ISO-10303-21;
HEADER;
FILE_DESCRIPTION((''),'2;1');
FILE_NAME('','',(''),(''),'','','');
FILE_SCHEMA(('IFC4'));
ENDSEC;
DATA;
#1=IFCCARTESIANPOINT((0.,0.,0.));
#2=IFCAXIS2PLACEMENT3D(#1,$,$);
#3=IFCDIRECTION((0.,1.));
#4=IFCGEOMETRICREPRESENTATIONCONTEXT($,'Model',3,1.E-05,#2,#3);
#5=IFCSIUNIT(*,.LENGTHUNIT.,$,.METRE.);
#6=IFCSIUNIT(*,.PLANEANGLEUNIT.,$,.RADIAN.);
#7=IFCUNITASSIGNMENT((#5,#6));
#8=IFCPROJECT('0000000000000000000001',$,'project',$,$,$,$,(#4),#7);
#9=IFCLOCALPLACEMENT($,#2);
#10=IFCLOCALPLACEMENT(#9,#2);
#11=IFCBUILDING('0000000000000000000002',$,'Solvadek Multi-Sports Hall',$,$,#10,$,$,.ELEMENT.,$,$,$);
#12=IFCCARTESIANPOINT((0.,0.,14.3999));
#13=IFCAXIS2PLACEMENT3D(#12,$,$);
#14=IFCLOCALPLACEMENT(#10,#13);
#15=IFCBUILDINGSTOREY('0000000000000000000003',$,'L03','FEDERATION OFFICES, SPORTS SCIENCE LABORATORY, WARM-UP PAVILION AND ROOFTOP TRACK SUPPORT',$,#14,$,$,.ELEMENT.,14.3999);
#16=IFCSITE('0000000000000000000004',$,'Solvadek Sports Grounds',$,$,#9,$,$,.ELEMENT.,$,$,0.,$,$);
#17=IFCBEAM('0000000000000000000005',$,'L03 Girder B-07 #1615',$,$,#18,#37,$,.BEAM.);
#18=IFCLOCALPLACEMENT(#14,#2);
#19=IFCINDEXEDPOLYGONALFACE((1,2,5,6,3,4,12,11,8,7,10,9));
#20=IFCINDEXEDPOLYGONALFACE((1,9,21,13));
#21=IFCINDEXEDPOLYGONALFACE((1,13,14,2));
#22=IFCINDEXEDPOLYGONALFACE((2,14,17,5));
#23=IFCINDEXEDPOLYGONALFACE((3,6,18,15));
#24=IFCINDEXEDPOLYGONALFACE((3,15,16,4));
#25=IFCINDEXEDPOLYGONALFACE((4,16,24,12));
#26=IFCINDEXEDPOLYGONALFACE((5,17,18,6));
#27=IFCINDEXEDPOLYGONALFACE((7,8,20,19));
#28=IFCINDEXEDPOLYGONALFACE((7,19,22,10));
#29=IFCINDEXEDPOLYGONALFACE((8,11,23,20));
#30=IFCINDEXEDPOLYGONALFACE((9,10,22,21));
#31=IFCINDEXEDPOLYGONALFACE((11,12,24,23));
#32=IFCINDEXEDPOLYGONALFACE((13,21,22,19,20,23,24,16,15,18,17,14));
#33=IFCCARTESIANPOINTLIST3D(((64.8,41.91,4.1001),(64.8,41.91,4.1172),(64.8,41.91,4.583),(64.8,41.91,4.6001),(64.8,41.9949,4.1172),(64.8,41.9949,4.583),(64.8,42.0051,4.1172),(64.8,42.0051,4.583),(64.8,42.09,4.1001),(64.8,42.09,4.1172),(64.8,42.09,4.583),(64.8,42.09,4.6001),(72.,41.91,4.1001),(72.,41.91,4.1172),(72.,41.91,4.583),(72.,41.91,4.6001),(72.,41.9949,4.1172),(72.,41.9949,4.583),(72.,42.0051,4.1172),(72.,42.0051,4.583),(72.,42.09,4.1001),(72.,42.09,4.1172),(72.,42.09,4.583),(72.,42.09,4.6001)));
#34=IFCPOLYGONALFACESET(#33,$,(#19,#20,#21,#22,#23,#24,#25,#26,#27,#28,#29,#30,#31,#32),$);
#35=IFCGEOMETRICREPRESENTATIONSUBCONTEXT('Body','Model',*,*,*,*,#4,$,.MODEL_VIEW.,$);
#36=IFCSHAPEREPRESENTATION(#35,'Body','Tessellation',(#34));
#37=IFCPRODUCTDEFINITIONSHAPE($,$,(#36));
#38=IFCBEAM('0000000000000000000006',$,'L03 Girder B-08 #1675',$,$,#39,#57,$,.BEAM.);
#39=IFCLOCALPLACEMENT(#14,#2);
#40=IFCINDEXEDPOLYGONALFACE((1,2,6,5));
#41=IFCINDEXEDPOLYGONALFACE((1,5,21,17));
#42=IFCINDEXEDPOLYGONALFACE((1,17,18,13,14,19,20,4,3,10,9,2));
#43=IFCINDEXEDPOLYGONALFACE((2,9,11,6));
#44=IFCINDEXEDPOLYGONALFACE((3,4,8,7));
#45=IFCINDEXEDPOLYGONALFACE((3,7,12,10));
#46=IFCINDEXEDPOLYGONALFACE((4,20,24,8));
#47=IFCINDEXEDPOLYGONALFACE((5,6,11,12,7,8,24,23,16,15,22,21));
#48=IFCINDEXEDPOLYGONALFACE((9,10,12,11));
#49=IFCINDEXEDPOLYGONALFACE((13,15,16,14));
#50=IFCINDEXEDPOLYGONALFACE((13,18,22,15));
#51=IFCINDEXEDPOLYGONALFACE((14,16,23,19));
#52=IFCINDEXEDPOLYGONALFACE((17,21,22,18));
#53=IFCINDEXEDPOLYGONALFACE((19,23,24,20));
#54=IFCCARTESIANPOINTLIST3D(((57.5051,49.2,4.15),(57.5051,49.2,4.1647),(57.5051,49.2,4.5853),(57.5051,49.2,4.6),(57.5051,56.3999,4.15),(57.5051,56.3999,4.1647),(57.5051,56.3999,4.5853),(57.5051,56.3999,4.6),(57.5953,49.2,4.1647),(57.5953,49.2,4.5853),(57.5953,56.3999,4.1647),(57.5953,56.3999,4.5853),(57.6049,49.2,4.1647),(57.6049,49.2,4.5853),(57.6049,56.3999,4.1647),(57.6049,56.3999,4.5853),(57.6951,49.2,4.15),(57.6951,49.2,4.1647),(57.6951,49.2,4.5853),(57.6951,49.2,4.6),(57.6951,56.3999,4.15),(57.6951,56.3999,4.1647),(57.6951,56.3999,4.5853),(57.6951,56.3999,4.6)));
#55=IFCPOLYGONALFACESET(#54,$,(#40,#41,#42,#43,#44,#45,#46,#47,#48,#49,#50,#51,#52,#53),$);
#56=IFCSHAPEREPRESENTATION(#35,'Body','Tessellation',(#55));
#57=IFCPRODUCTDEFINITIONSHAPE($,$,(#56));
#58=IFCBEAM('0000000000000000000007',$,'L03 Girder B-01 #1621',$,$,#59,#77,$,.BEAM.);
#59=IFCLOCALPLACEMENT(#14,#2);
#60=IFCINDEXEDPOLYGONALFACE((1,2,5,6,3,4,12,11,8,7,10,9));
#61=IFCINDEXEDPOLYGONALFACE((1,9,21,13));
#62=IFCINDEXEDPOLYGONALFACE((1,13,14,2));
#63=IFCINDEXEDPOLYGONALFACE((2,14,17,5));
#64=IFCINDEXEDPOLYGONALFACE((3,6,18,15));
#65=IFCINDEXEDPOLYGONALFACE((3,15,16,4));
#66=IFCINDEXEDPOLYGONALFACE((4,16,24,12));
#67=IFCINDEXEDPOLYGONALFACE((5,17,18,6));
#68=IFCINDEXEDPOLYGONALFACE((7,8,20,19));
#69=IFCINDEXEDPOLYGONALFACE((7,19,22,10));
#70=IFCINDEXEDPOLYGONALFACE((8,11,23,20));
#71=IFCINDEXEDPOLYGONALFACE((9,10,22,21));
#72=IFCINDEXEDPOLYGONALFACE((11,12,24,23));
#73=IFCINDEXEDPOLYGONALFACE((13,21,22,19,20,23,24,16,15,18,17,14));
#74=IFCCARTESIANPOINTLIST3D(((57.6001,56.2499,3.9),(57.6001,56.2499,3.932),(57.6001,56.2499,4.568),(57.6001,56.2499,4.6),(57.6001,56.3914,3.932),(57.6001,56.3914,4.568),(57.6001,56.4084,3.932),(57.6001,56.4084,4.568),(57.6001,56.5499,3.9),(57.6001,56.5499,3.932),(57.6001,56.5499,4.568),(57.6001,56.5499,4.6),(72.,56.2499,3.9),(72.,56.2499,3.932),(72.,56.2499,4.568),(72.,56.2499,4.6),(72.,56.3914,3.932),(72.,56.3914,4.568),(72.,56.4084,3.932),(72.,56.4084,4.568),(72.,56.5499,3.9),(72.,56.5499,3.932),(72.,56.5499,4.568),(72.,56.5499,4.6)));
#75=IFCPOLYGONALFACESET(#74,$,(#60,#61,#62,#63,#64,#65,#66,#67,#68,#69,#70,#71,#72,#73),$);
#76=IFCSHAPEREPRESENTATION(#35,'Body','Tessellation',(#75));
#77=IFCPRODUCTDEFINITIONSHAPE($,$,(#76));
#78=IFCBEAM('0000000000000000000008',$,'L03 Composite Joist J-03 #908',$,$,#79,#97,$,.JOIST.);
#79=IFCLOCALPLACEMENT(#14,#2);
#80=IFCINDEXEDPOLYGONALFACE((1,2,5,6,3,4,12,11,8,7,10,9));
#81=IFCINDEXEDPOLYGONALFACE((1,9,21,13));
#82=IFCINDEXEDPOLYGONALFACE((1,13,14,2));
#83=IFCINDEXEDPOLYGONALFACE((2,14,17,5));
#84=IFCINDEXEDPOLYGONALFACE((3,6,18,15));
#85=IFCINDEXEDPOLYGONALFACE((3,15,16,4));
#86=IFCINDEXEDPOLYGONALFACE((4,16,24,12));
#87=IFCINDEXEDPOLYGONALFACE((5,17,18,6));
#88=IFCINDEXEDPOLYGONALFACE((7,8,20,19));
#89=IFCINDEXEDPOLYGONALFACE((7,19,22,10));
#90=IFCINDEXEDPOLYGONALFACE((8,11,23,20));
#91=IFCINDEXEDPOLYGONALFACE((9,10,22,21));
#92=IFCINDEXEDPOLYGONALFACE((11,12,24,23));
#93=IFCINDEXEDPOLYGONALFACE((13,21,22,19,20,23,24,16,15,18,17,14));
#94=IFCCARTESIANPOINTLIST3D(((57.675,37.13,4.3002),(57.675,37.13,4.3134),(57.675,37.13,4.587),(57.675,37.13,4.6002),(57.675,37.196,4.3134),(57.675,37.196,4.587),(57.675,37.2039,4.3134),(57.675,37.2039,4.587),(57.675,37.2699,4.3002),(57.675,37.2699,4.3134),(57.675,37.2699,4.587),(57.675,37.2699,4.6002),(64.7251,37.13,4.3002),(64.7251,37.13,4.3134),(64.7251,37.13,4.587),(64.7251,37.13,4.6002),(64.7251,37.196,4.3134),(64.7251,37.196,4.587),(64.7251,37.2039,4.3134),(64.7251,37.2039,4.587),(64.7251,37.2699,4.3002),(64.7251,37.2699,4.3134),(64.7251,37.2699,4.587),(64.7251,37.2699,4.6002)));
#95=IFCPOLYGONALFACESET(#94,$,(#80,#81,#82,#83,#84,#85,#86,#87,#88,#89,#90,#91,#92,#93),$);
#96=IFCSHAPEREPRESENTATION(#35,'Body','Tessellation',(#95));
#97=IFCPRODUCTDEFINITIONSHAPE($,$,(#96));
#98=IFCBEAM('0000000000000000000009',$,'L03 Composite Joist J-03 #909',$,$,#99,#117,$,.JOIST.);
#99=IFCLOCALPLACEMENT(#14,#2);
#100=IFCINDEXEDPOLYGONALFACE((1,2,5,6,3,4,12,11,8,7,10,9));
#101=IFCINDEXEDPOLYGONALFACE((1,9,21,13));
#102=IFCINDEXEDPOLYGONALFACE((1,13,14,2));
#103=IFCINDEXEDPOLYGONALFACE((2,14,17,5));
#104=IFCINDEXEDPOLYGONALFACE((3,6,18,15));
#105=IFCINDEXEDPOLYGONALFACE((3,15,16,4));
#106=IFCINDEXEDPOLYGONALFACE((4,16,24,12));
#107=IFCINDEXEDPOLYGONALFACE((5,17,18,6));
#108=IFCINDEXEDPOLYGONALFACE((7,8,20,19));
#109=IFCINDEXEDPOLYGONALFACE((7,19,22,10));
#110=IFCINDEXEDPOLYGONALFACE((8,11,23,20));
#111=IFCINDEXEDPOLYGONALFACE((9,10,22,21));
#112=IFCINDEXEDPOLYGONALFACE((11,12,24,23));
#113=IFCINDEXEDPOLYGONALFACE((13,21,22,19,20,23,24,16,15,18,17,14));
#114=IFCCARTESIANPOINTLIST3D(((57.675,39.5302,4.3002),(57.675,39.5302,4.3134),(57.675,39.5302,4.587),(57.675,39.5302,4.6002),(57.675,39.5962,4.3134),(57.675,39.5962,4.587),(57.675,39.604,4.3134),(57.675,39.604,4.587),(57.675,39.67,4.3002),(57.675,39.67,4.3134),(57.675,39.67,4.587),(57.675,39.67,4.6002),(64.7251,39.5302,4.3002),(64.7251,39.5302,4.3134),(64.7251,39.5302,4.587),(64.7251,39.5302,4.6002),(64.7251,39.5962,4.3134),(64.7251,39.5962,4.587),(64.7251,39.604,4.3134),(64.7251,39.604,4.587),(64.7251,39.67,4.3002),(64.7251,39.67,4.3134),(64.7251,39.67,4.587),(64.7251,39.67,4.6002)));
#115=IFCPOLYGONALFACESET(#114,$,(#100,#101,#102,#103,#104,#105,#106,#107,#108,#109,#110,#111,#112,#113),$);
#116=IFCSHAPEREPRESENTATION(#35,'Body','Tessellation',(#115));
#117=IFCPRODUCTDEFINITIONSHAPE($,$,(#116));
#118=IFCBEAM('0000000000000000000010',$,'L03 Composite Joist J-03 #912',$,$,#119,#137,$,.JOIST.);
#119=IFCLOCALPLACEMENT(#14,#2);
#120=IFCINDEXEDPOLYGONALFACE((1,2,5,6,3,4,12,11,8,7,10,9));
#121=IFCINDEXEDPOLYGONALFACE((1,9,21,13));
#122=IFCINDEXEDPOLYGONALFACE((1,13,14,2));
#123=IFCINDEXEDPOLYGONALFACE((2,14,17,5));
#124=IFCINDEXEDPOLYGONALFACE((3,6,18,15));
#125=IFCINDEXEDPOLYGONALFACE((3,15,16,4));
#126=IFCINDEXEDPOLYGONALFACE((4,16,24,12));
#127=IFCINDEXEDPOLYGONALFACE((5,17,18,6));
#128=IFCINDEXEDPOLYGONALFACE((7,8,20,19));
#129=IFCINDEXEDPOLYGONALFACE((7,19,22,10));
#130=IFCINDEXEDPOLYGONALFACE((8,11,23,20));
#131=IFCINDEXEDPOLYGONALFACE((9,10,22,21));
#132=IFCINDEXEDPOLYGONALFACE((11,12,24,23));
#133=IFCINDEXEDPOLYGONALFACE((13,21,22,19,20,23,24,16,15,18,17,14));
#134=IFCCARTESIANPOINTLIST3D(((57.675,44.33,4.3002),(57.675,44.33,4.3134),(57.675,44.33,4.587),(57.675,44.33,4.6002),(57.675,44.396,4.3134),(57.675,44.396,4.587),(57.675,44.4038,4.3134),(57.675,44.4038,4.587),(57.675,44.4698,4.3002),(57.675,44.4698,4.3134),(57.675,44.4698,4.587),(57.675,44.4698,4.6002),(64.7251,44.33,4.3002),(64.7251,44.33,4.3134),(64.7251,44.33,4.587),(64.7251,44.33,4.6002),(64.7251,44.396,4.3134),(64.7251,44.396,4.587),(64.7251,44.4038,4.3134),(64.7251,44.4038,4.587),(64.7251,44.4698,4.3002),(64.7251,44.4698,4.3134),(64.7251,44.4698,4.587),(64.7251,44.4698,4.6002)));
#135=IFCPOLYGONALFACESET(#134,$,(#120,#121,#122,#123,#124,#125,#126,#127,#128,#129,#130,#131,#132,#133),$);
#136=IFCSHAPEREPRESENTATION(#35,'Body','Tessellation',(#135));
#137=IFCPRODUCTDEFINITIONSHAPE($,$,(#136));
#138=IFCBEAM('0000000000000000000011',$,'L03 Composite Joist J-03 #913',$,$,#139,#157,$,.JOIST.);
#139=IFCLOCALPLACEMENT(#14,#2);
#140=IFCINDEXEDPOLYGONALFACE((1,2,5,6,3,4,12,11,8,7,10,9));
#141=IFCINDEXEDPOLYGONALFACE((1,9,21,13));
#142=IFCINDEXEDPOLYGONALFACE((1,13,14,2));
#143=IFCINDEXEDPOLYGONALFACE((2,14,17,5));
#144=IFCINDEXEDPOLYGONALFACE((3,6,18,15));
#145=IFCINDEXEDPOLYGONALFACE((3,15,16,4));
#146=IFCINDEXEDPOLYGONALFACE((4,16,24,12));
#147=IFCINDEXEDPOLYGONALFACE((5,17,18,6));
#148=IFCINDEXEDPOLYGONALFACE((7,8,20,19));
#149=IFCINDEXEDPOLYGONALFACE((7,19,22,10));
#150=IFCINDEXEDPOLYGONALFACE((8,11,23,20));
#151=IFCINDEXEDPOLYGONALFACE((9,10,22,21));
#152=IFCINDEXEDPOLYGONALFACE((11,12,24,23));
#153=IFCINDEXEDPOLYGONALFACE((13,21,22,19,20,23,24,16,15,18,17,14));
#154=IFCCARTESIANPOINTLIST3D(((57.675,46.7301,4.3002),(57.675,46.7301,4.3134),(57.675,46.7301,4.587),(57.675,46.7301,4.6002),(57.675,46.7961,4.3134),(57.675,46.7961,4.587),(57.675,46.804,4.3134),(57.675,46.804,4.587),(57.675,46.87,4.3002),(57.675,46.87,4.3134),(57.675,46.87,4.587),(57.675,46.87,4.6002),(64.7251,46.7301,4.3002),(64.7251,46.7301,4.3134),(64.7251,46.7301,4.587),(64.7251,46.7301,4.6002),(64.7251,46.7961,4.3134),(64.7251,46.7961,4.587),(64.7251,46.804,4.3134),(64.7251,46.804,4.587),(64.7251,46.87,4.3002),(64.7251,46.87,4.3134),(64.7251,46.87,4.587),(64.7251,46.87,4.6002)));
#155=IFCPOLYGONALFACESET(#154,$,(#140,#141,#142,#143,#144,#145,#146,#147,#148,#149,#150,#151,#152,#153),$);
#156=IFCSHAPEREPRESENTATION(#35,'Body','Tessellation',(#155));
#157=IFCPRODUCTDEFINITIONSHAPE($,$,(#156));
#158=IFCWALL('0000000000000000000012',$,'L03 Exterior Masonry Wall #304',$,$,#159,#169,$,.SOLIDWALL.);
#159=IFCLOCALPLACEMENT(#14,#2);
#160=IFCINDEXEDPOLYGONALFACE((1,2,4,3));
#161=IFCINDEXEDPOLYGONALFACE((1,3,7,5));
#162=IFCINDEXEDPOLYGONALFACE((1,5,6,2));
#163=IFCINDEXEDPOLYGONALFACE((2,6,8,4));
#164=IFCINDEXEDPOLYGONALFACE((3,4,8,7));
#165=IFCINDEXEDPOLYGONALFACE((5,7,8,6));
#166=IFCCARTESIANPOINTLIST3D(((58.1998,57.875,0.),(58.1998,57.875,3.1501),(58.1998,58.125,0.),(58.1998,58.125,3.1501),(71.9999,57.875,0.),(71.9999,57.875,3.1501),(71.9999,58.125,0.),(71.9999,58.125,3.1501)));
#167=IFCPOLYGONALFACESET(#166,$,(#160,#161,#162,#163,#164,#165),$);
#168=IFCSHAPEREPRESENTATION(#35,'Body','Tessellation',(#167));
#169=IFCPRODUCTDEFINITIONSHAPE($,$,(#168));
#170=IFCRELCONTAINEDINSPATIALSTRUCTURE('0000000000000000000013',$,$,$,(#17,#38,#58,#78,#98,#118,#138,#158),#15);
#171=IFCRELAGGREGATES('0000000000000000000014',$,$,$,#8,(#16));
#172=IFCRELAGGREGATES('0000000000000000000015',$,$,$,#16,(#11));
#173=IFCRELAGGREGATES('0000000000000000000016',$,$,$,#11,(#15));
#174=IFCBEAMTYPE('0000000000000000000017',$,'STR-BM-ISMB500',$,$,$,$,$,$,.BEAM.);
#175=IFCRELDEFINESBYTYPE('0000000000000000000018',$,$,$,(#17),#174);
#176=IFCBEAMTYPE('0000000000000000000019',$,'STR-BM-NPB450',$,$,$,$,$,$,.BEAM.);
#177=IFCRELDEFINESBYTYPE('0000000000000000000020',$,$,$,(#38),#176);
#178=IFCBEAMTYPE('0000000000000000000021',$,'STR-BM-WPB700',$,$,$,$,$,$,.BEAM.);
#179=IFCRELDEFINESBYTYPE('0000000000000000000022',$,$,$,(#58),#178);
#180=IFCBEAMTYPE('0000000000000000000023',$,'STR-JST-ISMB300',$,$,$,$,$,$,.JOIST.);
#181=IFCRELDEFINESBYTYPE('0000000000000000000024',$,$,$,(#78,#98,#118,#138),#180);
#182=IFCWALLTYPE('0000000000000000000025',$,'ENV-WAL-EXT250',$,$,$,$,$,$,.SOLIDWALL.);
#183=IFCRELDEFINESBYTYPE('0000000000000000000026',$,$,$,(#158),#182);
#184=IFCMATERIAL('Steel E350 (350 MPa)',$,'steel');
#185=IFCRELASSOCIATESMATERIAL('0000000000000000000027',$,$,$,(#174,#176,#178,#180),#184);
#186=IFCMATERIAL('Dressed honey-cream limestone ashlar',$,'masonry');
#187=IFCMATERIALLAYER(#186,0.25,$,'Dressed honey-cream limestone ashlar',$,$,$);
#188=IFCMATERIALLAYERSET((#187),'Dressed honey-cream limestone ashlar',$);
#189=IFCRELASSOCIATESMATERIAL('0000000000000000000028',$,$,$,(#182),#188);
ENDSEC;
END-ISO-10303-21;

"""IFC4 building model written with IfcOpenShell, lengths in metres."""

from ifc_helpers import new_model, si_unit, direction, frame, frame_2d, origin, origin_2d, place, context, subcontext, project, spatial, rectangle, i_section, extrude, material, layer, layer_set, material_profile, profile_set, type_object, element, save


model = new_model("IFC4")

# Units and contexts
model_context = context("Model", 3, precision=1e-05, world=origin(), true_north=direction((0.0, 1.0)))
body_context = subcontext(model_context, "Body", "Model", "MODEL_VIEW")
ifc_project = project(units=[si_unit("LENGTHUNIT", "METRE"), si_unit("PLANEANGLEUNIT", "RADIAN")], contexts=[model_context])

# Site, building, storey
site_placement = place(None, origin())
site = spatial("IfcSite", under=ifc_project, at=site_placement, Name="Solvadek Sports Grounds", CompositionType="ELEMENT", RefElevation=0.0)
building_placement = place(site_placement, origin())
building = spatial("IfcBuilding", under=site, at=building_placement, Name="Solvadek Multi-Sports Hall", CompositionType="ELEMENT")
storey_placement = place(building_placement, frame((0.0, 0.0, 14.3999)))
storey = spatial("IfcBuildingStorey", under=building, at=storey_placement, Name="L03", Description="FEDERATION OFFICES, SPORTS SCIENCE LABORATORY, WARM-UP PAVILION AND ROOFTOP TRACK SUPPORT", CompositionType="ELEMENT", Elevation=14.3999)

# Shared definitions
ifc_material_1 = material(Name="Steel E350 (350 MPa)", Category="steel")

# Beams
ifc_material_profile_1 = material_profile(ifc_material_1, i_section(OverallWidth=0.1799, OverallDepth=0.5, WebThickness=0.0103, FlangeThickness=0.0171, at=origin_2d()), Name="ISMB 500")
ifc_profile_set_1 = profile_set([ifc_material_profile_1], Name="Steel E350 (350 MPa)")
beam_type_1 = type_object("IfcBeamType", Name="STR-BM-ISMB500", PredefinedType="BEAM", material=ifc_profile_set_1)
beam_1_placement = place(storey_placement, frame((64.8, 42.0, 4.3501), z_axis=(1.0, 0.0, 0.0), x_axis=(0.0, 1.0, 0.0)))
element("IfcBeam", 1, at=beam_1_placement, inside=storey, type_object=beam_type_1, Name="L03 Girder B-07 #1615", PredefinedType="BEAM", context=body_context, shape_type="SweptSolid", body=[
    extrude(i_section(OverallWidth=0.1799, OverallDepth=0.5, WebThickness=0.0103, FlangeThickness=0.0171, at=origin_2d()), origin(), (0.0, 0.0, 1.0), 7.2),
])
ifc_material_profile_2 = material_profile(ifc_material_1, i_section(OverallWidth=0.1899, OverallDepth=0.45, WebThickness=0.0095, FlangeThickness=0.0146, at=origin_2d()), Name="NPB 450")
ifc_profile_set_2 = profile_set([ifc_material_profile_2], Name="Steel E350 (350 MPa)")
beam_type_2 = type_object("IfcBeamType", Name="STR-BM-NPB450", PredefinedType="BEAM", material=ifc_profile_set_2)
beam_2_placement = place(storey_placement, frame((57.6001, 49.2, 4.375), z_axis=(0.0, 1.0, 0.0), x_axis=(-1.0, 0.0, 0.0)))
element("IfcBeam", 2, at=beam_2_placement, inside=storey, type_object=beam_type_2, Name="L03 Girder B-08 #1675", PredefinedType="BEAM", context=body_context, shape_type="SweptSolid", body=[
    extrude(i_section(OverallWidth=0.1899, OverallDepth=0.45, WebThickness=0.0095, FlangeThickness=0.0146, at=origin_2d()), origin(), (0.0, 0.0, 1.0), 7.2),
])
ifc_material_profile_3 = material_profile(ifc_material_1, i_section(OverallWidth=0.3, OverallDepth=0.7, WebThickness=0.0171, FlangeThickness=0.032, at=origin_2d()), Name="WPB 700")
ifc_profile_set_3 = profile_set([ifc_material_profile_3], Name="Steel E350 (350 MPa)")
beam_type_3 = type_object("IfcBeamType", Name="STR-BM-WPB700", PredefinedType="BEAM", material=ifc_profile_set_3)
beam_3_placement = place(storey_placement, frame((57.6001, 56.3999, 4.25), z_axis=(1.0, 0.0, 0.0), x_axis=(0.0, 1.0, 0.0)))
element("IfcBeam", 3, at=beam_3_placement, inside=storey, type_object=beam_type_3, Name="L03 Girder B-01 #1621", PredefinedType="BEAM", context=body_context, shape_type="SweptSolid", body=[
    extrude(i_section(OverallWidth=0.3, OverallDepth=0.7, WebThickness=0.0171, FlangeThickness=0.032, at=origin_2d()), origin(), (0.0, 0.0, 1.0), 14.3999),
])
ifc_material_profile_4 = material_profile(ifc_material_1, i_section(OverallWidth=0.1399, OverallDepth=0.3, WebThickness=0.0078, FlangeThickness=0.0132, at=origin_2d()), Name="ISMB 300")
ifc_profile_set_4 = profile_set([ifc_material_profile_4], Name="Steel E350 (350 MPa)")
beam_type_4 = type_object("IfcBeamType", Name="STR-JST-ISMB300", PredefinedType="JOIST", material=ifc_profile_set_4)
for number, where, z_axis, x_axis, name in (
    (4, (57.675, 37.2, 4.4502), (1.0, 0.0, 0.0), (0.0, 1.0, 0.0), "L03 Composite Joist J-03 #908"),
    (5, (57.675, 39.6001, 4.4502), (1.0, 0.0, 0.0), (0.0, 1.0, 0.0), "L03 Composite Joist J-03 #909"),
    (6, (57.675, 44.3999, 4.4502), (1.0, 0.0, 0.0), (0.0, 1.0, 0.0), "L03 Composite Joist J-03 #912"),
    (7, (57.675, 46.8, 4.4502), (1.0, 0.0, 0.0), (0.0, 1.0, 0.0), "L03 Composite Joist J-03 #913"),
):
    element("IfcBeam", number, at=place(storey_placement, frame(where, z_axis=z_axis, x_axis=x_axis)), inside=storey, type_object=beam_type_4, Name=name, PredefinedType="JOIST", context=body_context, shape_type="SweptSolid", body=[
        extrude(i_section(OverallWidth=0.1399, OverallDepth=0.3, WebThickness=0.0078, FlangeThickness=0.0132, at=origin_2d()), origin(), (0.0, 0.0, 1.0), 7.05),
    ])

# Wall
ifc_material_2 = material(Name="Dressed honey-cream limestone ashlar", Category="masonry")
ifc_layer_1 = layer(ifc_material_2, 0.25, Name="Dressed honey-cream limestone ashlar")
ifc_layer_set_1 = layer_set([ifc_layer_1], Name="Dressed honey-cream limestone ashlar")
wall_type_1 = type_object("IfcWallType", Name="ENV-WAL-EXT250", PredefinedType="SOLIDWALL", material=ifc_layer_set_1)
wall_1_placement = place(storey_placement, frame((58.2, 58.0, 0.0), z_axis=(0.0, 0.0, 1.0), x_axis=(1.0, 0.0, 0.0)))
element("IfcWall", 8, at=wall_1_placement, inside=storey, type_object=wall_type_1, Name="L03 Exterior Masonry Wall #304", PredefinedType="SOLIDWALL", context=body_context, shape_type="SweptSolid", body=[
    extrude(rectangle(XDim=13.8, YDim=0.25, at=frame_2d((6.8999, 0.0))), origin(), (0.0, 0.0, 1.0), 3.1501),
])

save(model, "model.ifc")
